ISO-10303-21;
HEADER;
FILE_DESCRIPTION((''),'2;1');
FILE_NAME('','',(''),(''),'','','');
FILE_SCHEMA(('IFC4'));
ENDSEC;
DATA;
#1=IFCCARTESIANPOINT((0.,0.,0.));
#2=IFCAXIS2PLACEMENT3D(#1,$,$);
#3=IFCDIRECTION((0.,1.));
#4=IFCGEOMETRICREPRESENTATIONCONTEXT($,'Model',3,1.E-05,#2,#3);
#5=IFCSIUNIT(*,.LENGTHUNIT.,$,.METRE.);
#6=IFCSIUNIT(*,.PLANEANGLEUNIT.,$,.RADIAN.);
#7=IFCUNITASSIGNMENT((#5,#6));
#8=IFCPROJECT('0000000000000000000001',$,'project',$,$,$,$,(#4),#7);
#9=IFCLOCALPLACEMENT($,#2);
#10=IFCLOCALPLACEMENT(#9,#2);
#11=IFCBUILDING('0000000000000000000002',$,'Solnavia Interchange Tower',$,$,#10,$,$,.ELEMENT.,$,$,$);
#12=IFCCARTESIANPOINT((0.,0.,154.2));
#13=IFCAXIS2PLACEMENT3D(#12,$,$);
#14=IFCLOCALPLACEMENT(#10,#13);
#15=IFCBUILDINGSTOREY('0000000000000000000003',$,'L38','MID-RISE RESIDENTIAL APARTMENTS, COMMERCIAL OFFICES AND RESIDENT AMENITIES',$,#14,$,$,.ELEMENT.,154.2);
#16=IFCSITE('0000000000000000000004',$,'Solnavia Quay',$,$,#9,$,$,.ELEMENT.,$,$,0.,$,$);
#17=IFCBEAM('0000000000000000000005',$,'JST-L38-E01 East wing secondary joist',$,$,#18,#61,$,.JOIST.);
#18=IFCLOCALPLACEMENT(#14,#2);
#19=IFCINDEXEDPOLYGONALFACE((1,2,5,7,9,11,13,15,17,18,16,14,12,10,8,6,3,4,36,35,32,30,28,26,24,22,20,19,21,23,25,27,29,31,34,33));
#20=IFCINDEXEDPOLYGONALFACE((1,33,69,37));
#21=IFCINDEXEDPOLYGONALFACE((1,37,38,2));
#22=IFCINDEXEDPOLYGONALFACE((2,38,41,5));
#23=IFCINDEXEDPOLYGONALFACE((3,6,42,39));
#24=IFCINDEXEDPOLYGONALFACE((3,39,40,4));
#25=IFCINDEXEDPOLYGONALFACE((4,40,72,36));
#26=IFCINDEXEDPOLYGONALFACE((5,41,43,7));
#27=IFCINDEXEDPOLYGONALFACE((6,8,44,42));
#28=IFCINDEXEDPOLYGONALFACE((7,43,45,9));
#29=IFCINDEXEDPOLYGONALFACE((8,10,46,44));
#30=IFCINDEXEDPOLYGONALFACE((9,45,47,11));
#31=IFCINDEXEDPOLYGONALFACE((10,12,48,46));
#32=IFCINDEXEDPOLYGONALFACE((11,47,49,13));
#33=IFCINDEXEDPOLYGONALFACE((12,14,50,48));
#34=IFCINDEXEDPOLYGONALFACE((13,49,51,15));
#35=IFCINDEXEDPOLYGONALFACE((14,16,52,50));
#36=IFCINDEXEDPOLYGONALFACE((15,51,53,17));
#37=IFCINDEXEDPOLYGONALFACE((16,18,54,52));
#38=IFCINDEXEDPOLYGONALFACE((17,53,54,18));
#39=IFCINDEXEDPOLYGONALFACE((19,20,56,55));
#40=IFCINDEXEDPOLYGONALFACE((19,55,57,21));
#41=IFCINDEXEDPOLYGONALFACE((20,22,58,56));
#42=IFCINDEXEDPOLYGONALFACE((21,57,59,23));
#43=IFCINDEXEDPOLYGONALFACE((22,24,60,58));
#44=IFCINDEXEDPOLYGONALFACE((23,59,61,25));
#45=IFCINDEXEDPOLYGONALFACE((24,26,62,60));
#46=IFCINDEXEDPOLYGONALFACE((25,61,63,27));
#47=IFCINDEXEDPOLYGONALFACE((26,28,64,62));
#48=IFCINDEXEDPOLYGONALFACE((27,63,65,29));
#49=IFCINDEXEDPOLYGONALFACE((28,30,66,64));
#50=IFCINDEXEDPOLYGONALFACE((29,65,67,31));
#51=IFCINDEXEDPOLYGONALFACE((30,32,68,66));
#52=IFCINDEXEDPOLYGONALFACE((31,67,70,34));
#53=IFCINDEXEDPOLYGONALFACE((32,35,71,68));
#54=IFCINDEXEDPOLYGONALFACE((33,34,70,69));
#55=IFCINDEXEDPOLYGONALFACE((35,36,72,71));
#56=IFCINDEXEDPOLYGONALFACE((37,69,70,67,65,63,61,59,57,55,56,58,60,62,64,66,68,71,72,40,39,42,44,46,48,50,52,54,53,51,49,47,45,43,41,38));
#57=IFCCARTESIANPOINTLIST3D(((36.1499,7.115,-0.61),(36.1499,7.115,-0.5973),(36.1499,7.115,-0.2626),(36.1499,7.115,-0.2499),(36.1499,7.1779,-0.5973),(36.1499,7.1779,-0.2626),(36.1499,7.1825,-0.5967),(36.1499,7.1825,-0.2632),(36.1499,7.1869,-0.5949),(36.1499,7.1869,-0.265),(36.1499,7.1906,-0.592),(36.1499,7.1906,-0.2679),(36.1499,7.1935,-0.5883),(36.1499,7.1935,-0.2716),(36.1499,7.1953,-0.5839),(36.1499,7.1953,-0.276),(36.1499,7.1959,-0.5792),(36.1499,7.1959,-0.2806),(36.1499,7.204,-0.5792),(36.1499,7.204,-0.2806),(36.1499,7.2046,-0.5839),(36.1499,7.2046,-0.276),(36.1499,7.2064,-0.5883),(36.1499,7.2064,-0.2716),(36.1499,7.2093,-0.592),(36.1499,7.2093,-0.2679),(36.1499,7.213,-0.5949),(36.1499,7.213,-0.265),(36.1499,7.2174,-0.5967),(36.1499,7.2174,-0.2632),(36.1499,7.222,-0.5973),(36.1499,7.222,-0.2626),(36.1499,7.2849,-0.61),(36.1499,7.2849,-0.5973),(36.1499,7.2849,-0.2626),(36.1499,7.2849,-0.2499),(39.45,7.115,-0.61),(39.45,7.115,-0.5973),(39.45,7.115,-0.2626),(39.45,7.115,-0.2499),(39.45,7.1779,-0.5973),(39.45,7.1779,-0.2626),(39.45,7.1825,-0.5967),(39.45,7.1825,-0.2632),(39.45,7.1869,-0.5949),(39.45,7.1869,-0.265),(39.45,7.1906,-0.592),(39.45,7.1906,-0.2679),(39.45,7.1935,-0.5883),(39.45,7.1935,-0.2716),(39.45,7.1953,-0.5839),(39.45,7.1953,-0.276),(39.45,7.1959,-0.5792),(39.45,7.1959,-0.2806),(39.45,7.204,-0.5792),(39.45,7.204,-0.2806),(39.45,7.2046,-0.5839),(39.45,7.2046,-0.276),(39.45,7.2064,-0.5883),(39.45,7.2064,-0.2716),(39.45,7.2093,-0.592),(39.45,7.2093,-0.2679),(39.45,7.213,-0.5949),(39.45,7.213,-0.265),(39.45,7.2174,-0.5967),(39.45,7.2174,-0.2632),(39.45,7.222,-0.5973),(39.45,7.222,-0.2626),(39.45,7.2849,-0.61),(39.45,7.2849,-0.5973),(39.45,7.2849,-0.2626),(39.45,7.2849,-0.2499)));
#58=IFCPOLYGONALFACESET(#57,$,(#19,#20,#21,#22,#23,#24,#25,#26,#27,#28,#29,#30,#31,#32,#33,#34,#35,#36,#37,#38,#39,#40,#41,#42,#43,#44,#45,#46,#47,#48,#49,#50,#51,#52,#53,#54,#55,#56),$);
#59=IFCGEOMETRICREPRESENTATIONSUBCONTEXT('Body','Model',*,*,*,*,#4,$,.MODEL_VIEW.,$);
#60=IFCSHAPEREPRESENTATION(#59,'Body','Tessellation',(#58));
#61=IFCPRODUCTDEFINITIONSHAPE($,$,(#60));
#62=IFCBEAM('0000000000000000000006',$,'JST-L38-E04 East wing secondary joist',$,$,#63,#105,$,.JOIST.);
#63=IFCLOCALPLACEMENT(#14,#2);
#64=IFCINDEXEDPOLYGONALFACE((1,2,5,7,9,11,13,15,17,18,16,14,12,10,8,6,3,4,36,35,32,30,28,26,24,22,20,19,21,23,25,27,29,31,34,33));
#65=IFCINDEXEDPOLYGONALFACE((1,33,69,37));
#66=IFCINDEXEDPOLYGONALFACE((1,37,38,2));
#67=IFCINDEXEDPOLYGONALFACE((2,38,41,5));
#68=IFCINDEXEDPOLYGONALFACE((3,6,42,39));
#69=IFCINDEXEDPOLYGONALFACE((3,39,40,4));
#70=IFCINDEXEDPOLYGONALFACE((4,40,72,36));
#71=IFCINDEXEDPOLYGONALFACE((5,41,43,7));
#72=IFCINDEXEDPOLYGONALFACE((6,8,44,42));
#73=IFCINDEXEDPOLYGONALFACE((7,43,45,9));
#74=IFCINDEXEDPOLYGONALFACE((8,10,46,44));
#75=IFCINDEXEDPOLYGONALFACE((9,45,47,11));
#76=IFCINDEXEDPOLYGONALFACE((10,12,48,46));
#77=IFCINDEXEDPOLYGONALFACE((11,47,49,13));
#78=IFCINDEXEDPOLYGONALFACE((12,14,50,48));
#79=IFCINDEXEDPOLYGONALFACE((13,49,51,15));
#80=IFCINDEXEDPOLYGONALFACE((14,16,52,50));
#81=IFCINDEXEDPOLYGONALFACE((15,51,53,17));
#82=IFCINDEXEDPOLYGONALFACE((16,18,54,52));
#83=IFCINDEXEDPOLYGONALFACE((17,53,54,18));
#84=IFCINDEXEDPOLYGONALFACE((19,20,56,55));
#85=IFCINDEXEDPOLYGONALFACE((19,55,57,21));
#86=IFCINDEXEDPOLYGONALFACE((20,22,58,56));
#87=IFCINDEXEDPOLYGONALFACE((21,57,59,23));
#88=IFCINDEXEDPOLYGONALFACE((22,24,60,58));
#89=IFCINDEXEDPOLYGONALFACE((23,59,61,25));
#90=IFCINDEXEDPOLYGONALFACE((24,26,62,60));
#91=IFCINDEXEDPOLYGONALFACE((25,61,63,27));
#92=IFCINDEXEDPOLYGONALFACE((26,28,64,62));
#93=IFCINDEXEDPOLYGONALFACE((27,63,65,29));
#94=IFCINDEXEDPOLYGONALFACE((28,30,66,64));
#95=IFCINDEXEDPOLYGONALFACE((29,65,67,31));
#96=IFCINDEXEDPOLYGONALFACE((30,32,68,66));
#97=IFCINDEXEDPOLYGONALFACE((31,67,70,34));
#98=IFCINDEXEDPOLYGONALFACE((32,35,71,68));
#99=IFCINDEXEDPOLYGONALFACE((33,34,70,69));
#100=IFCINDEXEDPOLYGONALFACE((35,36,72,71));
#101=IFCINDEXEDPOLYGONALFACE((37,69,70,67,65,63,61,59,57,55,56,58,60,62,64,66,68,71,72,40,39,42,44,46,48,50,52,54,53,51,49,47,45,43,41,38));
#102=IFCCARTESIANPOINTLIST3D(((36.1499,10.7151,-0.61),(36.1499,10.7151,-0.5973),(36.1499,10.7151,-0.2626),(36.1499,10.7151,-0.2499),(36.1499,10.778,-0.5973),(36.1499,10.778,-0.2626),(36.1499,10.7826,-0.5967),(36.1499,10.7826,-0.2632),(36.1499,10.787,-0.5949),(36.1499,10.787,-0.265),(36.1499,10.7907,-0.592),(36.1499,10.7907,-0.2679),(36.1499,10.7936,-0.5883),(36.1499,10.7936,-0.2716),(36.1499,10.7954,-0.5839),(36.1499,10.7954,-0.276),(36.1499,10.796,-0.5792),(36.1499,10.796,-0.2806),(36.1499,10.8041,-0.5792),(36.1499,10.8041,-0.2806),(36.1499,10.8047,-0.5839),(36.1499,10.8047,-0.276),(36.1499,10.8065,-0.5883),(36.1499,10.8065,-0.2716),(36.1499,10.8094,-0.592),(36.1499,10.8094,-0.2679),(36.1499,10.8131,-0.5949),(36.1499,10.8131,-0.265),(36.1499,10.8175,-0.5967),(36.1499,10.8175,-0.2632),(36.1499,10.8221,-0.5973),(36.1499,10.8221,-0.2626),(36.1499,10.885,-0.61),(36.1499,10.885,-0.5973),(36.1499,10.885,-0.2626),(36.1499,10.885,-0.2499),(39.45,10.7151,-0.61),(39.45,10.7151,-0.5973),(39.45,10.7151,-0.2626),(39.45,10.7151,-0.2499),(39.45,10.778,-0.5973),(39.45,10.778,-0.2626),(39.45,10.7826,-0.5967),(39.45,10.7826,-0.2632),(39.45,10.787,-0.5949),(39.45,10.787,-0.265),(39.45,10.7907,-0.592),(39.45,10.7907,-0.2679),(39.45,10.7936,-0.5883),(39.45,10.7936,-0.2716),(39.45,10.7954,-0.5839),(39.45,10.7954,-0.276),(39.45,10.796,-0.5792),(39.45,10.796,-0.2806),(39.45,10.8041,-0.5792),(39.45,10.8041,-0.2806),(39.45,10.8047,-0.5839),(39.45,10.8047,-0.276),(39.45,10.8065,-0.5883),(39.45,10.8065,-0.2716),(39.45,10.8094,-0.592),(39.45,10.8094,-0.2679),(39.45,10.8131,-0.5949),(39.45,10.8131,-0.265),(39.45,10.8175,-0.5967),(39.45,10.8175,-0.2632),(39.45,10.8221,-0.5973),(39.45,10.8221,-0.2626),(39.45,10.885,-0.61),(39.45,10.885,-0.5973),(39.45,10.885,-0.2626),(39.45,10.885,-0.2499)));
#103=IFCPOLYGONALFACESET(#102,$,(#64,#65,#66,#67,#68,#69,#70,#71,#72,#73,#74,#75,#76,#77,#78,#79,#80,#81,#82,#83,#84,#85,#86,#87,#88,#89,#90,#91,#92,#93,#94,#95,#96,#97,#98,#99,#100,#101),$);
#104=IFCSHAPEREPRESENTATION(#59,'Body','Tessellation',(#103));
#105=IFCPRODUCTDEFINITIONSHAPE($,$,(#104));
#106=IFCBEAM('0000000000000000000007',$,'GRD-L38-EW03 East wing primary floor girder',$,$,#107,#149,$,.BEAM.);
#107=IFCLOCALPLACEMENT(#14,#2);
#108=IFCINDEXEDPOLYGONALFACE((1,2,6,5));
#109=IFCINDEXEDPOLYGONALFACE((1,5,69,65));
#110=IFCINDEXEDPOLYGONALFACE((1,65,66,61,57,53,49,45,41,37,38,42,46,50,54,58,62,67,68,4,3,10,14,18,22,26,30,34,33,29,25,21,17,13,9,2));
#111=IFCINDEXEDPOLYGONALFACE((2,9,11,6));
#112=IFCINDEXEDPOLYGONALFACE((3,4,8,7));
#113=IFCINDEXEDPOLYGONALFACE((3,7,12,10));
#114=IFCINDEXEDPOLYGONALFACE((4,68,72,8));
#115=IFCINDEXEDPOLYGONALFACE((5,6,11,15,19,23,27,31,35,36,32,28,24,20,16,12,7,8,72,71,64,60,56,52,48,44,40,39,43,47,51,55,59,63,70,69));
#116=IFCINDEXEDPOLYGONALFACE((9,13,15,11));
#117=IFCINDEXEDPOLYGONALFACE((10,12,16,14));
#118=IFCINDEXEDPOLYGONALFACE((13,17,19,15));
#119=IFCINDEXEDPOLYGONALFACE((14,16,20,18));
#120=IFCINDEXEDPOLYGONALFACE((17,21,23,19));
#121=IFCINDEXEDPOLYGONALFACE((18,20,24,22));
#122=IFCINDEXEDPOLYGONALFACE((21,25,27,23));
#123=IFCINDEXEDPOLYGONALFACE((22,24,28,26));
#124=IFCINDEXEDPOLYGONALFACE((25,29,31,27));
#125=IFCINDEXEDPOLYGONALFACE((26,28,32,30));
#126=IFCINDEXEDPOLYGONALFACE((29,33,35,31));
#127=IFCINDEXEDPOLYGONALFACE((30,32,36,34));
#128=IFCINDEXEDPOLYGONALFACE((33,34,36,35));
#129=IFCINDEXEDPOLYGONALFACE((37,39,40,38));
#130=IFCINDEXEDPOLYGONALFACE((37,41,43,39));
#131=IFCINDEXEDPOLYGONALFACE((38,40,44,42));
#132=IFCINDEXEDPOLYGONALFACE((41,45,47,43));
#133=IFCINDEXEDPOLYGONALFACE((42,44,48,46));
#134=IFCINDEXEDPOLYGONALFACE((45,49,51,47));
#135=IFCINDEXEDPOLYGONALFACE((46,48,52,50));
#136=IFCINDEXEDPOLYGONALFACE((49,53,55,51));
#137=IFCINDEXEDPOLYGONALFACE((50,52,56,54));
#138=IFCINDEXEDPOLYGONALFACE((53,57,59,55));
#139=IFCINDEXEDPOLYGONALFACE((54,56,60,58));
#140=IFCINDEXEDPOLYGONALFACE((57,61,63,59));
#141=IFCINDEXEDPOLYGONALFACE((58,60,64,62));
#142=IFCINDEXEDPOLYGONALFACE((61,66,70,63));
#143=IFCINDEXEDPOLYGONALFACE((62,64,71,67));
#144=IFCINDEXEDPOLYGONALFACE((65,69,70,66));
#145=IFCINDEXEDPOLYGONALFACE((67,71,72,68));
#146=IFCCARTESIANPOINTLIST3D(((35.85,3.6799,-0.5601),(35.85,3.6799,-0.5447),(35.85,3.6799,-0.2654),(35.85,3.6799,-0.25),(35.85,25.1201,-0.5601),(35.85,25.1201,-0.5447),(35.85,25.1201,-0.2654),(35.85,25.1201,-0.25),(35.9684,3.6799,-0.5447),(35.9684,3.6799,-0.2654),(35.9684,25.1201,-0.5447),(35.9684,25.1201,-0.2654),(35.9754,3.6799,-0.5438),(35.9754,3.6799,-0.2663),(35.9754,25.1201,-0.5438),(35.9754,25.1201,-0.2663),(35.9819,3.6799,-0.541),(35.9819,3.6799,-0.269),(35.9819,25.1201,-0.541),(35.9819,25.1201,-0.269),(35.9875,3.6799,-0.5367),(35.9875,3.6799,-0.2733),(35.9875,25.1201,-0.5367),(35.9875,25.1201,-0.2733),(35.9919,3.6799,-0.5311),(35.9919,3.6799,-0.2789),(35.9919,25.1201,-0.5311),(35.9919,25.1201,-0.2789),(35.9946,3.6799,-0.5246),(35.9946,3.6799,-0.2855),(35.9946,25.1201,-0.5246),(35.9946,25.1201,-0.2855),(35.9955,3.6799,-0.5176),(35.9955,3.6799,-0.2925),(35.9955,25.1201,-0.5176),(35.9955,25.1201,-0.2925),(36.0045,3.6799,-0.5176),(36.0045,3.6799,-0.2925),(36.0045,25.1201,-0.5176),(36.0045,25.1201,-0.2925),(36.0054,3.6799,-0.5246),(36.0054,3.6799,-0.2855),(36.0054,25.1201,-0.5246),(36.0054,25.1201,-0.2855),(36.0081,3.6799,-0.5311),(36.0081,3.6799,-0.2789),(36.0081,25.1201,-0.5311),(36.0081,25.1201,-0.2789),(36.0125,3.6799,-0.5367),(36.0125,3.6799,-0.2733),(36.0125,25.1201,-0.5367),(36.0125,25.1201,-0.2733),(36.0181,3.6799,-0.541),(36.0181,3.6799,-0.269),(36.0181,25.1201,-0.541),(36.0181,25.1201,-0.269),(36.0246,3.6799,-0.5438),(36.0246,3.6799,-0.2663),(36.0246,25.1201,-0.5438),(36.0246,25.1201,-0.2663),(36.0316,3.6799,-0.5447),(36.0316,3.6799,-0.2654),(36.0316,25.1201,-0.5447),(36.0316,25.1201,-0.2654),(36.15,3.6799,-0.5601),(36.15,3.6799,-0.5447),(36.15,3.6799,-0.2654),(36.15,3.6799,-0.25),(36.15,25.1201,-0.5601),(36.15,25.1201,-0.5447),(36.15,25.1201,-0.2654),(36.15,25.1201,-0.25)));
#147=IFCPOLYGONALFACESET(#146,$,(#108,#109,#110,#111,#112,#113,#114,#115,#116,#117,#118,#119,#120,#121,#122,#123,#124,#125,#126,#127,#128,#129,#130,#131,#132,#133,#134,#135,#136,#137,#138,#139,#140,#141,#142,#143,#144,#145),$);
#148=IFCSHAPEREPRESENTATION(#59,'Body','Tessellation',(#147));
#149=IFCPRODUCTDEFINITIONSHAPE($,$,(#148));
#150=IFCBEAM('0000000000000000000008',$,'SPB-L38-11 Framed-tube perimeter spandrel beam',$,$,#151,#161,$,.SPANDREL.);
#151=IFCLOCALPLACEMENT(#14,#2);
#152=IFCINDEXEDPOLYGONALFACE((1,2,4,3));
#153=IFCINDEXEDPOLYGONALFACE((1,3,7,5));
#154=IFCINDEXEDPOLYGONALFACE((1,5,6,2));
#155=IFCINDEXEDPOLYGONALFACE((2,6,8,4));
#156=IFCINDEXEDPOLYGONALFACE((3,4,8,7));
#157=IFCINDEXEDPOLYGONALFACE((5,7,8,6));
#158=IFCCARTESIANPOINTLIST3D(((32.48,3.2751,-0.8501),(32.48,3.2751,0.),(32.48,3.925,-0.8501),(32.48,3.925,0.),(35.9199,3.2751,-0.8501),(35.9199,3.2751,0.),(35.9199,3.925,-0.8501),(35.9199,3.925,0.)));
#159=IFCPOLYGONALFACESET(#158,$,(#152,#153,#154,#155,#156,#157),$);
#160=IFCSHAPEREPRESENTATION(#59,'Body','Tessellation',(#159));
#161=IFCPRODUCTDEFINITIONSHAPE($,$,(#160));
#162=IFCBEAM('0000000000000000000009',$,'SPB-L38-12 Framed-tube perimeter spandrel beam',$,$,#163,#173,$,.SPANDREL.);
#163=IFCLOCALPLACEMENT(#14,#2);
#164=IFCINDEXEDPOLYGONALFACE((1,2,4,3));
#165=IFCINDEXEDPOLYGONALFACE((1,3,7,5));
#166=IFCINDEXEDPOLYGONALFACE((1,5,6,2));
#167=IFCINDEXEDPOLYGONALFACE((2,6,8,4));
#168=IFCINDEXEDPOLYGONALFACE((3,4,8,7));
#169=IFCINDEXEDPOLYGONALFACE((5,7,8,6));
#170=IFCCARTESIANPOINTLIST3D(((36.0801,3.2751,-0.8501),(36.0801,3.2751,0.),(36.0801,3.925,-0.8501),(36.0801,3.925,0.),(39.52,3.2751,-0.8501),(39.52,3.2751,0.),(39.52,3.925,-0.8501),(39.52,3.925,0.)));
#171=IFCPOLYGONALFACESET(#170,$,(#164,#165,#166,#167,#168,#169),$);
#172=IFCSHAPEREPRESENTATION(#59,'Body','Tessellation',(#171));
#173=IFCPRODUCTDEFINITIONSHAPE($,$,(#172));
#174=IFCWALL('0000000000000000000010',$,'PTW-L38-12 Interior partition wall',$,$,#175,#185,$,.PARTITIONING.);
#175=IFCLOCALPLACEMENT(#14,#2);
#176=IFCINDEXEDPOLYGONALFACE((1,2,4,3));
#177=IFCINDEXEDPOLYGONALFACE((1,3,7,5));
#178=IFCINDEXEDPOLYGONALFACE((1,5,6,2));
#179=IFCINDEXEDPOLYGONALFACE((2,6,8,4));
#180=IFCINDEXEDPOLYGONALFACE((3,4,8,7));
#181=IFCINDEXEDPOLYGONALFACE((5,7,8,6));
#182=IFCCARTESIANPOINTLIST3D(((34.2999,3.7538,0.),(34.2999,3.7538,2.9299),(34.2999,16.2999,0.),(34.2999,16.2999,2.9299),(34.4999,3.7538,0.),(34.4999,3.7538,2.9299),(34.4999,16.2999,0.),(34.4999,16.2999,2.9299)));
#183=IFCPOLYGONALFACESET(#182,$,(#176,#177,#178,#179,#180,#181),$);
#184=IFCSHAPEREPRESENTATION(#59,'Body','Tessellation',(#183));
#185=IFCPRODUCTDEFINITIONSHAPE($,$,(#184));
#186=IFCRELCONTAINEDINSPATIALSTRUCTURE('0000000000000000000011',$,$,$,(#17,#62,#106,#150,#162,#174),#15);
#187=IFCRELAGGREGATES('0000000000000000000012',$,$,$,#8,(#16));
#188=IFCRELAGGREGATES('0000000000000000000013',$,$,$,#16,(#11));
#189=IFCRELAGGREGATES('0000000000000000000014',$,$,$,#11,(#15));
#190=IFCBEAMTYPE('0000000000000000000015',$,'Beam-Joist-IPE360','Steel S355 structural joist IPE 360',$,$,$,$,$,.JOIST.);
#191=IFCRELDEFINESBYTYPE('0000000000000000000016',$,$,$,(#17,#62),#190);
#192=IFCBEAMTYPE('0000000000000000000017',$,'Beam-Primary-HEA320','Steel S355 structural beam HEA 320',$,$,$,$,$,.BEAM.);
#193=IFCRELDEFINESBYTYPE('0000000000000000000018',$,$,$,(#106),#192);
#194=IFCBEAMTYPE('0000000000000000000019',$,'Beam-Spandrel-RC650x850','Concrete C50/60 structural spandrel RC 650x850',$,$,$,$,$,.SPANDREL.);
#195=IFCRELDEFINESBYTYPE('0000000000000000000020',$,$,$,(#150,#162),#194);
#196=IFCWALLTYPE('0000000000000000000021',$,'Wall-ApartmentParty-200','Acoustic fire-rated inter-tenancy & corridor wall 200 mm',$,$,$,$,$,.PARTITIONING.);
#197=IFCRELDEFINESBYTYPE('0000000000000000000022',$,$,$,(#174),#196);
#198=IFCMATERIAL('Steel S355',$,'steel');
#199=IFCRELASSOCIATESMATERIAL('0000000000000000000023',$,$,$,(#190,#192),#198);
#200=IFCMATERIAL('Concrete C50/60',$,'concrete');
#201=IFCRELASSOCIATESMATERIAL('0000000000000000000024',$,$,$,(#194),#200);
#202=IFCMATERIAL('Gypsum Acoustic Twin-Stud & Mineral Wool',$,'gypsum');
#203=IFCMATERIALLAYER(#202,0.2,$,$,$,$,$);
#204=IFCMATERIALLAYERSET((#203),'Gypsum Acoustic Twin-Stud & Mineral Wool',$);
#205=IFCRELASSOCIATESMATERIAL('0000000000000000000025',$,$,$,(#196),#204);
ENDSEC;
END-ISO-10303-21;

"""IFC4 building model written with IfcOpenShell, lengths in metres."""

from ifc_helpers import new_model, si_unit, direction, frame, frame_2d, origin, origin_2d, place, context, subcontext, project, spatial, rectangle, i_section, extrude, material, layer, layer_set, material_profile, profile_set, type_object, element, save


model = new_model("IFC4")

# Units and contexts
model_context = context("Model", 3, precision=1e-05, world=origin(), true_north=direction((0.0, 1.0)))
body_context = subcontext(model_context, "Body", "Model", "MODEL_VIEW")
ifc_project = project(units=[si_unit("LENGTHUNIT", "METRE"), si_unit("PLANEANGLEUNIT", "RADIAN")], contexts=[model_context])

# Site, building, storey
site_placement = place(None, origin())
site = spatial("IfcSite", under=ifc_project, at=site_placement, Name="Solnavia Quay", CompositionType="ELEMENT", RefElevation=0.0)
building_placement = place(site_placement, origin())
building = spatial("IfcBuilding", under=site, at=building_placement, Name="Solnavia Interchange Tower", CompositionType="ELEMENT")
storey_placement = place(building_placement, frame((0.0, 0.0, 154.2)))
storey = spatial("IfcBuildingStorey", under=building, at=storey_placement, Name="L38", Description="MID-RISE RESIDENTIAL APARTMENTS, COMMERCIAL OFFICES AND RESIDENT AMENITIES", CompositionType="ELEMENT", Elevation=154.2)

# Shared definitions
ifc_material_1 = material(Name="Concrete C50/60", Category="concrete")
ifc_material_2 = material(Name="Steel S355", Category="steel")

# Beams
ifc_material_profile_1 = material_profile(ifc_material_2, i_section(OverallWidth=0.1699, OverallDepth=0.3601, WebThickness=0.0081, FlangeThickness=0.0127, FilletRadius=0.0181, at=origin_2d()), Name="IPE 360")
ifc_profile_set_1 = profile_set([ifc_material_profile_1], Name="Steel S355")
beam_type_1 = type_object("IfcBeamType", Name="Beam-Joist-IPE360", Description="Steel S355 structural joist IPE 360", PredefinedType="JOIST", material=ifc_profile_set_1)
for number, where, z_axis, x_axis, name in (
    (1, (36.1499, 7.2, -0.4299), (1.0, 0.0, 0.0), (0.0, 1.0, 0.0), "JST-L38-E01 East wing secondary joist"),
    (2, (36.1499, 10.8, -0.4299), (1.0, 0.0, 0.0), (0.0, 1.0, 0.0), "JST-L38-E04 East wing secondary joist"),
):
    element("IfcBeam", number, at=place(storey_placement, frame(where, z_axis=z_axis, x_axis=x_axis)), inside=storey, type_object=beam_type_1, Name=name, PredefinedType="JOIST", context=body_context, shape_type="SweptSolid", body=[
        extrude(i_section(OverallWidth=0.1699, OverallDepth=0.3601, WebThickness=0.0081, FlangeThickness=0.0127, FilletRadius=0.0181, at=origin_2d()), origin(), (0.0, 0.0, 1.0), 3.3),
    ])
ifc_material_profile_2 = material_profile(ifc_material_2, i_section(OverallWidth=0.3, OverallDepth=0.3101, WebThickness=0.009, FlangeThickness=0.0154, FilletRadius=0.0271, at=origin_2d()), Name="HEA 320")
ifc_profile_set_2 = profile_set([ifc_material_profile_2], Name="Steel S355")
beam_type_2 = type_object("IfcBeamType", Name="Beam-Primary-HEA320", Description="Steel S355 structural beam HEA 320", PredefinedType="BEAM", material=ifc_profile_set_2)
beam_1_placement = place(storey_placement, frame((36.0, 3.6799, -0.405), z_axis=(0.0, 1.0, 0.0), x_axis=(-1.0, 0.0, 0.0)))
element("IfcBeam", 3, at=beam_1_placement, inside=storey, type_object=beam_type_2, Name="GRD-L38-EW03 East wing primary floor girder", PredefinedType="BEAM", context=body_context, shape_type="SweptSolid", body=[
    extrude(i_section(OverallWidth=0.3, OverallDepth=0.3101, WebThickness=0.009, FlangeThickness=0.0154, FilletRadius=0.0271, at=origin_2d()), origin(), (0.0, 0.0, 1.0), 21.4402),
])
ifc_material_profile_3 = material_profile(ifc_material_1, rectangle(XDim=0.6499, YDim=0.8501, at=origin_2d()), Name="RC 650x850")
ifc_profile_set_3 = profile_set([ifc_material_profile_3], Name="Concrete C50/60")
beam_type_3 = type_object("IfcBeamType", Name="Beam-Spandrel-RC650x850", Description="Concrete C50/60 structural spandrel RC 650x850", PredefinedType="SPANDREL", material=ifc_profile_set_3)
for number, where, z_axis, x_axis, name in (
    (4, (32.48, 3.6001, -0.425), (1.0, 0.0, 0.0), (0.0, 1.0, 0.0), "SPB-L38-11 Framed-tube perimeter spandrel beam"),
    (5, (36.0801, 3.6001, -0.425), (1.0, 0.0, 0.0), (0.0, 1.0, 0.0), "SPB-L38-12 Framed-tube perimeter spandrel beam"),
):
    element("IfcBeam", number, at=place(storey_placement, frame(where, z_axis=z_axis, x_axis=x_axis)), inside=storey, type_object=beam_type_3, Name=name, PredefinedType="SPANDREL", context=body_context, shape_type="SweptSolid", body=[
        extrude(rectangle(XDim=0.6499, YDim=0.8501, at=origin_2d()), origin(), (0.0, 0.0, 1.0), 3.4399),
    ])

# Wall
ifc_material_3 = material(Name="Gypsum Acoustic Twin-Stud & Mineral Wool", Category="gypsum")
ifc_layer_1 = layer(ifc_material_3, 0.2)
ifc_layer_set_1 = layer_set([ifc_layer_1], Name="Gypsum Acoustic Twin-Stud & Mineral Wool")
wall_type_1 = type_object("IfcWallType", Name="Wall-ApartmentParty-200", Description="Acoustic fire-rated inter-tenancy & corridor wall 200 mm", PredefinedType="PARTITIONING", material=ifc_layer_set_1)
wall_1_placement = place(storey_placement, frame((34.3999, 3.7539, 0.0), z_axis=(0.0, 0.0, 1.0), x_axis=(0.0, 1.0, 0.0)))
element("IfcWall", 6, at=wall_1_placement, inside=storey, type_object=wall_type_1, Name="PTW-L38-12 Interior partition wall", PredefinedType="PARTITIONING", context=body_context, shape_type="SweptSolid", body=[
    extrude(rectangle(XDim=12.5461, YDim=0.2, at=frame_2d((6.2729, 0.0))), origin(), (0.0, 0.0, 1.0), 2.9299),
])

save(model, "model.ifc")
